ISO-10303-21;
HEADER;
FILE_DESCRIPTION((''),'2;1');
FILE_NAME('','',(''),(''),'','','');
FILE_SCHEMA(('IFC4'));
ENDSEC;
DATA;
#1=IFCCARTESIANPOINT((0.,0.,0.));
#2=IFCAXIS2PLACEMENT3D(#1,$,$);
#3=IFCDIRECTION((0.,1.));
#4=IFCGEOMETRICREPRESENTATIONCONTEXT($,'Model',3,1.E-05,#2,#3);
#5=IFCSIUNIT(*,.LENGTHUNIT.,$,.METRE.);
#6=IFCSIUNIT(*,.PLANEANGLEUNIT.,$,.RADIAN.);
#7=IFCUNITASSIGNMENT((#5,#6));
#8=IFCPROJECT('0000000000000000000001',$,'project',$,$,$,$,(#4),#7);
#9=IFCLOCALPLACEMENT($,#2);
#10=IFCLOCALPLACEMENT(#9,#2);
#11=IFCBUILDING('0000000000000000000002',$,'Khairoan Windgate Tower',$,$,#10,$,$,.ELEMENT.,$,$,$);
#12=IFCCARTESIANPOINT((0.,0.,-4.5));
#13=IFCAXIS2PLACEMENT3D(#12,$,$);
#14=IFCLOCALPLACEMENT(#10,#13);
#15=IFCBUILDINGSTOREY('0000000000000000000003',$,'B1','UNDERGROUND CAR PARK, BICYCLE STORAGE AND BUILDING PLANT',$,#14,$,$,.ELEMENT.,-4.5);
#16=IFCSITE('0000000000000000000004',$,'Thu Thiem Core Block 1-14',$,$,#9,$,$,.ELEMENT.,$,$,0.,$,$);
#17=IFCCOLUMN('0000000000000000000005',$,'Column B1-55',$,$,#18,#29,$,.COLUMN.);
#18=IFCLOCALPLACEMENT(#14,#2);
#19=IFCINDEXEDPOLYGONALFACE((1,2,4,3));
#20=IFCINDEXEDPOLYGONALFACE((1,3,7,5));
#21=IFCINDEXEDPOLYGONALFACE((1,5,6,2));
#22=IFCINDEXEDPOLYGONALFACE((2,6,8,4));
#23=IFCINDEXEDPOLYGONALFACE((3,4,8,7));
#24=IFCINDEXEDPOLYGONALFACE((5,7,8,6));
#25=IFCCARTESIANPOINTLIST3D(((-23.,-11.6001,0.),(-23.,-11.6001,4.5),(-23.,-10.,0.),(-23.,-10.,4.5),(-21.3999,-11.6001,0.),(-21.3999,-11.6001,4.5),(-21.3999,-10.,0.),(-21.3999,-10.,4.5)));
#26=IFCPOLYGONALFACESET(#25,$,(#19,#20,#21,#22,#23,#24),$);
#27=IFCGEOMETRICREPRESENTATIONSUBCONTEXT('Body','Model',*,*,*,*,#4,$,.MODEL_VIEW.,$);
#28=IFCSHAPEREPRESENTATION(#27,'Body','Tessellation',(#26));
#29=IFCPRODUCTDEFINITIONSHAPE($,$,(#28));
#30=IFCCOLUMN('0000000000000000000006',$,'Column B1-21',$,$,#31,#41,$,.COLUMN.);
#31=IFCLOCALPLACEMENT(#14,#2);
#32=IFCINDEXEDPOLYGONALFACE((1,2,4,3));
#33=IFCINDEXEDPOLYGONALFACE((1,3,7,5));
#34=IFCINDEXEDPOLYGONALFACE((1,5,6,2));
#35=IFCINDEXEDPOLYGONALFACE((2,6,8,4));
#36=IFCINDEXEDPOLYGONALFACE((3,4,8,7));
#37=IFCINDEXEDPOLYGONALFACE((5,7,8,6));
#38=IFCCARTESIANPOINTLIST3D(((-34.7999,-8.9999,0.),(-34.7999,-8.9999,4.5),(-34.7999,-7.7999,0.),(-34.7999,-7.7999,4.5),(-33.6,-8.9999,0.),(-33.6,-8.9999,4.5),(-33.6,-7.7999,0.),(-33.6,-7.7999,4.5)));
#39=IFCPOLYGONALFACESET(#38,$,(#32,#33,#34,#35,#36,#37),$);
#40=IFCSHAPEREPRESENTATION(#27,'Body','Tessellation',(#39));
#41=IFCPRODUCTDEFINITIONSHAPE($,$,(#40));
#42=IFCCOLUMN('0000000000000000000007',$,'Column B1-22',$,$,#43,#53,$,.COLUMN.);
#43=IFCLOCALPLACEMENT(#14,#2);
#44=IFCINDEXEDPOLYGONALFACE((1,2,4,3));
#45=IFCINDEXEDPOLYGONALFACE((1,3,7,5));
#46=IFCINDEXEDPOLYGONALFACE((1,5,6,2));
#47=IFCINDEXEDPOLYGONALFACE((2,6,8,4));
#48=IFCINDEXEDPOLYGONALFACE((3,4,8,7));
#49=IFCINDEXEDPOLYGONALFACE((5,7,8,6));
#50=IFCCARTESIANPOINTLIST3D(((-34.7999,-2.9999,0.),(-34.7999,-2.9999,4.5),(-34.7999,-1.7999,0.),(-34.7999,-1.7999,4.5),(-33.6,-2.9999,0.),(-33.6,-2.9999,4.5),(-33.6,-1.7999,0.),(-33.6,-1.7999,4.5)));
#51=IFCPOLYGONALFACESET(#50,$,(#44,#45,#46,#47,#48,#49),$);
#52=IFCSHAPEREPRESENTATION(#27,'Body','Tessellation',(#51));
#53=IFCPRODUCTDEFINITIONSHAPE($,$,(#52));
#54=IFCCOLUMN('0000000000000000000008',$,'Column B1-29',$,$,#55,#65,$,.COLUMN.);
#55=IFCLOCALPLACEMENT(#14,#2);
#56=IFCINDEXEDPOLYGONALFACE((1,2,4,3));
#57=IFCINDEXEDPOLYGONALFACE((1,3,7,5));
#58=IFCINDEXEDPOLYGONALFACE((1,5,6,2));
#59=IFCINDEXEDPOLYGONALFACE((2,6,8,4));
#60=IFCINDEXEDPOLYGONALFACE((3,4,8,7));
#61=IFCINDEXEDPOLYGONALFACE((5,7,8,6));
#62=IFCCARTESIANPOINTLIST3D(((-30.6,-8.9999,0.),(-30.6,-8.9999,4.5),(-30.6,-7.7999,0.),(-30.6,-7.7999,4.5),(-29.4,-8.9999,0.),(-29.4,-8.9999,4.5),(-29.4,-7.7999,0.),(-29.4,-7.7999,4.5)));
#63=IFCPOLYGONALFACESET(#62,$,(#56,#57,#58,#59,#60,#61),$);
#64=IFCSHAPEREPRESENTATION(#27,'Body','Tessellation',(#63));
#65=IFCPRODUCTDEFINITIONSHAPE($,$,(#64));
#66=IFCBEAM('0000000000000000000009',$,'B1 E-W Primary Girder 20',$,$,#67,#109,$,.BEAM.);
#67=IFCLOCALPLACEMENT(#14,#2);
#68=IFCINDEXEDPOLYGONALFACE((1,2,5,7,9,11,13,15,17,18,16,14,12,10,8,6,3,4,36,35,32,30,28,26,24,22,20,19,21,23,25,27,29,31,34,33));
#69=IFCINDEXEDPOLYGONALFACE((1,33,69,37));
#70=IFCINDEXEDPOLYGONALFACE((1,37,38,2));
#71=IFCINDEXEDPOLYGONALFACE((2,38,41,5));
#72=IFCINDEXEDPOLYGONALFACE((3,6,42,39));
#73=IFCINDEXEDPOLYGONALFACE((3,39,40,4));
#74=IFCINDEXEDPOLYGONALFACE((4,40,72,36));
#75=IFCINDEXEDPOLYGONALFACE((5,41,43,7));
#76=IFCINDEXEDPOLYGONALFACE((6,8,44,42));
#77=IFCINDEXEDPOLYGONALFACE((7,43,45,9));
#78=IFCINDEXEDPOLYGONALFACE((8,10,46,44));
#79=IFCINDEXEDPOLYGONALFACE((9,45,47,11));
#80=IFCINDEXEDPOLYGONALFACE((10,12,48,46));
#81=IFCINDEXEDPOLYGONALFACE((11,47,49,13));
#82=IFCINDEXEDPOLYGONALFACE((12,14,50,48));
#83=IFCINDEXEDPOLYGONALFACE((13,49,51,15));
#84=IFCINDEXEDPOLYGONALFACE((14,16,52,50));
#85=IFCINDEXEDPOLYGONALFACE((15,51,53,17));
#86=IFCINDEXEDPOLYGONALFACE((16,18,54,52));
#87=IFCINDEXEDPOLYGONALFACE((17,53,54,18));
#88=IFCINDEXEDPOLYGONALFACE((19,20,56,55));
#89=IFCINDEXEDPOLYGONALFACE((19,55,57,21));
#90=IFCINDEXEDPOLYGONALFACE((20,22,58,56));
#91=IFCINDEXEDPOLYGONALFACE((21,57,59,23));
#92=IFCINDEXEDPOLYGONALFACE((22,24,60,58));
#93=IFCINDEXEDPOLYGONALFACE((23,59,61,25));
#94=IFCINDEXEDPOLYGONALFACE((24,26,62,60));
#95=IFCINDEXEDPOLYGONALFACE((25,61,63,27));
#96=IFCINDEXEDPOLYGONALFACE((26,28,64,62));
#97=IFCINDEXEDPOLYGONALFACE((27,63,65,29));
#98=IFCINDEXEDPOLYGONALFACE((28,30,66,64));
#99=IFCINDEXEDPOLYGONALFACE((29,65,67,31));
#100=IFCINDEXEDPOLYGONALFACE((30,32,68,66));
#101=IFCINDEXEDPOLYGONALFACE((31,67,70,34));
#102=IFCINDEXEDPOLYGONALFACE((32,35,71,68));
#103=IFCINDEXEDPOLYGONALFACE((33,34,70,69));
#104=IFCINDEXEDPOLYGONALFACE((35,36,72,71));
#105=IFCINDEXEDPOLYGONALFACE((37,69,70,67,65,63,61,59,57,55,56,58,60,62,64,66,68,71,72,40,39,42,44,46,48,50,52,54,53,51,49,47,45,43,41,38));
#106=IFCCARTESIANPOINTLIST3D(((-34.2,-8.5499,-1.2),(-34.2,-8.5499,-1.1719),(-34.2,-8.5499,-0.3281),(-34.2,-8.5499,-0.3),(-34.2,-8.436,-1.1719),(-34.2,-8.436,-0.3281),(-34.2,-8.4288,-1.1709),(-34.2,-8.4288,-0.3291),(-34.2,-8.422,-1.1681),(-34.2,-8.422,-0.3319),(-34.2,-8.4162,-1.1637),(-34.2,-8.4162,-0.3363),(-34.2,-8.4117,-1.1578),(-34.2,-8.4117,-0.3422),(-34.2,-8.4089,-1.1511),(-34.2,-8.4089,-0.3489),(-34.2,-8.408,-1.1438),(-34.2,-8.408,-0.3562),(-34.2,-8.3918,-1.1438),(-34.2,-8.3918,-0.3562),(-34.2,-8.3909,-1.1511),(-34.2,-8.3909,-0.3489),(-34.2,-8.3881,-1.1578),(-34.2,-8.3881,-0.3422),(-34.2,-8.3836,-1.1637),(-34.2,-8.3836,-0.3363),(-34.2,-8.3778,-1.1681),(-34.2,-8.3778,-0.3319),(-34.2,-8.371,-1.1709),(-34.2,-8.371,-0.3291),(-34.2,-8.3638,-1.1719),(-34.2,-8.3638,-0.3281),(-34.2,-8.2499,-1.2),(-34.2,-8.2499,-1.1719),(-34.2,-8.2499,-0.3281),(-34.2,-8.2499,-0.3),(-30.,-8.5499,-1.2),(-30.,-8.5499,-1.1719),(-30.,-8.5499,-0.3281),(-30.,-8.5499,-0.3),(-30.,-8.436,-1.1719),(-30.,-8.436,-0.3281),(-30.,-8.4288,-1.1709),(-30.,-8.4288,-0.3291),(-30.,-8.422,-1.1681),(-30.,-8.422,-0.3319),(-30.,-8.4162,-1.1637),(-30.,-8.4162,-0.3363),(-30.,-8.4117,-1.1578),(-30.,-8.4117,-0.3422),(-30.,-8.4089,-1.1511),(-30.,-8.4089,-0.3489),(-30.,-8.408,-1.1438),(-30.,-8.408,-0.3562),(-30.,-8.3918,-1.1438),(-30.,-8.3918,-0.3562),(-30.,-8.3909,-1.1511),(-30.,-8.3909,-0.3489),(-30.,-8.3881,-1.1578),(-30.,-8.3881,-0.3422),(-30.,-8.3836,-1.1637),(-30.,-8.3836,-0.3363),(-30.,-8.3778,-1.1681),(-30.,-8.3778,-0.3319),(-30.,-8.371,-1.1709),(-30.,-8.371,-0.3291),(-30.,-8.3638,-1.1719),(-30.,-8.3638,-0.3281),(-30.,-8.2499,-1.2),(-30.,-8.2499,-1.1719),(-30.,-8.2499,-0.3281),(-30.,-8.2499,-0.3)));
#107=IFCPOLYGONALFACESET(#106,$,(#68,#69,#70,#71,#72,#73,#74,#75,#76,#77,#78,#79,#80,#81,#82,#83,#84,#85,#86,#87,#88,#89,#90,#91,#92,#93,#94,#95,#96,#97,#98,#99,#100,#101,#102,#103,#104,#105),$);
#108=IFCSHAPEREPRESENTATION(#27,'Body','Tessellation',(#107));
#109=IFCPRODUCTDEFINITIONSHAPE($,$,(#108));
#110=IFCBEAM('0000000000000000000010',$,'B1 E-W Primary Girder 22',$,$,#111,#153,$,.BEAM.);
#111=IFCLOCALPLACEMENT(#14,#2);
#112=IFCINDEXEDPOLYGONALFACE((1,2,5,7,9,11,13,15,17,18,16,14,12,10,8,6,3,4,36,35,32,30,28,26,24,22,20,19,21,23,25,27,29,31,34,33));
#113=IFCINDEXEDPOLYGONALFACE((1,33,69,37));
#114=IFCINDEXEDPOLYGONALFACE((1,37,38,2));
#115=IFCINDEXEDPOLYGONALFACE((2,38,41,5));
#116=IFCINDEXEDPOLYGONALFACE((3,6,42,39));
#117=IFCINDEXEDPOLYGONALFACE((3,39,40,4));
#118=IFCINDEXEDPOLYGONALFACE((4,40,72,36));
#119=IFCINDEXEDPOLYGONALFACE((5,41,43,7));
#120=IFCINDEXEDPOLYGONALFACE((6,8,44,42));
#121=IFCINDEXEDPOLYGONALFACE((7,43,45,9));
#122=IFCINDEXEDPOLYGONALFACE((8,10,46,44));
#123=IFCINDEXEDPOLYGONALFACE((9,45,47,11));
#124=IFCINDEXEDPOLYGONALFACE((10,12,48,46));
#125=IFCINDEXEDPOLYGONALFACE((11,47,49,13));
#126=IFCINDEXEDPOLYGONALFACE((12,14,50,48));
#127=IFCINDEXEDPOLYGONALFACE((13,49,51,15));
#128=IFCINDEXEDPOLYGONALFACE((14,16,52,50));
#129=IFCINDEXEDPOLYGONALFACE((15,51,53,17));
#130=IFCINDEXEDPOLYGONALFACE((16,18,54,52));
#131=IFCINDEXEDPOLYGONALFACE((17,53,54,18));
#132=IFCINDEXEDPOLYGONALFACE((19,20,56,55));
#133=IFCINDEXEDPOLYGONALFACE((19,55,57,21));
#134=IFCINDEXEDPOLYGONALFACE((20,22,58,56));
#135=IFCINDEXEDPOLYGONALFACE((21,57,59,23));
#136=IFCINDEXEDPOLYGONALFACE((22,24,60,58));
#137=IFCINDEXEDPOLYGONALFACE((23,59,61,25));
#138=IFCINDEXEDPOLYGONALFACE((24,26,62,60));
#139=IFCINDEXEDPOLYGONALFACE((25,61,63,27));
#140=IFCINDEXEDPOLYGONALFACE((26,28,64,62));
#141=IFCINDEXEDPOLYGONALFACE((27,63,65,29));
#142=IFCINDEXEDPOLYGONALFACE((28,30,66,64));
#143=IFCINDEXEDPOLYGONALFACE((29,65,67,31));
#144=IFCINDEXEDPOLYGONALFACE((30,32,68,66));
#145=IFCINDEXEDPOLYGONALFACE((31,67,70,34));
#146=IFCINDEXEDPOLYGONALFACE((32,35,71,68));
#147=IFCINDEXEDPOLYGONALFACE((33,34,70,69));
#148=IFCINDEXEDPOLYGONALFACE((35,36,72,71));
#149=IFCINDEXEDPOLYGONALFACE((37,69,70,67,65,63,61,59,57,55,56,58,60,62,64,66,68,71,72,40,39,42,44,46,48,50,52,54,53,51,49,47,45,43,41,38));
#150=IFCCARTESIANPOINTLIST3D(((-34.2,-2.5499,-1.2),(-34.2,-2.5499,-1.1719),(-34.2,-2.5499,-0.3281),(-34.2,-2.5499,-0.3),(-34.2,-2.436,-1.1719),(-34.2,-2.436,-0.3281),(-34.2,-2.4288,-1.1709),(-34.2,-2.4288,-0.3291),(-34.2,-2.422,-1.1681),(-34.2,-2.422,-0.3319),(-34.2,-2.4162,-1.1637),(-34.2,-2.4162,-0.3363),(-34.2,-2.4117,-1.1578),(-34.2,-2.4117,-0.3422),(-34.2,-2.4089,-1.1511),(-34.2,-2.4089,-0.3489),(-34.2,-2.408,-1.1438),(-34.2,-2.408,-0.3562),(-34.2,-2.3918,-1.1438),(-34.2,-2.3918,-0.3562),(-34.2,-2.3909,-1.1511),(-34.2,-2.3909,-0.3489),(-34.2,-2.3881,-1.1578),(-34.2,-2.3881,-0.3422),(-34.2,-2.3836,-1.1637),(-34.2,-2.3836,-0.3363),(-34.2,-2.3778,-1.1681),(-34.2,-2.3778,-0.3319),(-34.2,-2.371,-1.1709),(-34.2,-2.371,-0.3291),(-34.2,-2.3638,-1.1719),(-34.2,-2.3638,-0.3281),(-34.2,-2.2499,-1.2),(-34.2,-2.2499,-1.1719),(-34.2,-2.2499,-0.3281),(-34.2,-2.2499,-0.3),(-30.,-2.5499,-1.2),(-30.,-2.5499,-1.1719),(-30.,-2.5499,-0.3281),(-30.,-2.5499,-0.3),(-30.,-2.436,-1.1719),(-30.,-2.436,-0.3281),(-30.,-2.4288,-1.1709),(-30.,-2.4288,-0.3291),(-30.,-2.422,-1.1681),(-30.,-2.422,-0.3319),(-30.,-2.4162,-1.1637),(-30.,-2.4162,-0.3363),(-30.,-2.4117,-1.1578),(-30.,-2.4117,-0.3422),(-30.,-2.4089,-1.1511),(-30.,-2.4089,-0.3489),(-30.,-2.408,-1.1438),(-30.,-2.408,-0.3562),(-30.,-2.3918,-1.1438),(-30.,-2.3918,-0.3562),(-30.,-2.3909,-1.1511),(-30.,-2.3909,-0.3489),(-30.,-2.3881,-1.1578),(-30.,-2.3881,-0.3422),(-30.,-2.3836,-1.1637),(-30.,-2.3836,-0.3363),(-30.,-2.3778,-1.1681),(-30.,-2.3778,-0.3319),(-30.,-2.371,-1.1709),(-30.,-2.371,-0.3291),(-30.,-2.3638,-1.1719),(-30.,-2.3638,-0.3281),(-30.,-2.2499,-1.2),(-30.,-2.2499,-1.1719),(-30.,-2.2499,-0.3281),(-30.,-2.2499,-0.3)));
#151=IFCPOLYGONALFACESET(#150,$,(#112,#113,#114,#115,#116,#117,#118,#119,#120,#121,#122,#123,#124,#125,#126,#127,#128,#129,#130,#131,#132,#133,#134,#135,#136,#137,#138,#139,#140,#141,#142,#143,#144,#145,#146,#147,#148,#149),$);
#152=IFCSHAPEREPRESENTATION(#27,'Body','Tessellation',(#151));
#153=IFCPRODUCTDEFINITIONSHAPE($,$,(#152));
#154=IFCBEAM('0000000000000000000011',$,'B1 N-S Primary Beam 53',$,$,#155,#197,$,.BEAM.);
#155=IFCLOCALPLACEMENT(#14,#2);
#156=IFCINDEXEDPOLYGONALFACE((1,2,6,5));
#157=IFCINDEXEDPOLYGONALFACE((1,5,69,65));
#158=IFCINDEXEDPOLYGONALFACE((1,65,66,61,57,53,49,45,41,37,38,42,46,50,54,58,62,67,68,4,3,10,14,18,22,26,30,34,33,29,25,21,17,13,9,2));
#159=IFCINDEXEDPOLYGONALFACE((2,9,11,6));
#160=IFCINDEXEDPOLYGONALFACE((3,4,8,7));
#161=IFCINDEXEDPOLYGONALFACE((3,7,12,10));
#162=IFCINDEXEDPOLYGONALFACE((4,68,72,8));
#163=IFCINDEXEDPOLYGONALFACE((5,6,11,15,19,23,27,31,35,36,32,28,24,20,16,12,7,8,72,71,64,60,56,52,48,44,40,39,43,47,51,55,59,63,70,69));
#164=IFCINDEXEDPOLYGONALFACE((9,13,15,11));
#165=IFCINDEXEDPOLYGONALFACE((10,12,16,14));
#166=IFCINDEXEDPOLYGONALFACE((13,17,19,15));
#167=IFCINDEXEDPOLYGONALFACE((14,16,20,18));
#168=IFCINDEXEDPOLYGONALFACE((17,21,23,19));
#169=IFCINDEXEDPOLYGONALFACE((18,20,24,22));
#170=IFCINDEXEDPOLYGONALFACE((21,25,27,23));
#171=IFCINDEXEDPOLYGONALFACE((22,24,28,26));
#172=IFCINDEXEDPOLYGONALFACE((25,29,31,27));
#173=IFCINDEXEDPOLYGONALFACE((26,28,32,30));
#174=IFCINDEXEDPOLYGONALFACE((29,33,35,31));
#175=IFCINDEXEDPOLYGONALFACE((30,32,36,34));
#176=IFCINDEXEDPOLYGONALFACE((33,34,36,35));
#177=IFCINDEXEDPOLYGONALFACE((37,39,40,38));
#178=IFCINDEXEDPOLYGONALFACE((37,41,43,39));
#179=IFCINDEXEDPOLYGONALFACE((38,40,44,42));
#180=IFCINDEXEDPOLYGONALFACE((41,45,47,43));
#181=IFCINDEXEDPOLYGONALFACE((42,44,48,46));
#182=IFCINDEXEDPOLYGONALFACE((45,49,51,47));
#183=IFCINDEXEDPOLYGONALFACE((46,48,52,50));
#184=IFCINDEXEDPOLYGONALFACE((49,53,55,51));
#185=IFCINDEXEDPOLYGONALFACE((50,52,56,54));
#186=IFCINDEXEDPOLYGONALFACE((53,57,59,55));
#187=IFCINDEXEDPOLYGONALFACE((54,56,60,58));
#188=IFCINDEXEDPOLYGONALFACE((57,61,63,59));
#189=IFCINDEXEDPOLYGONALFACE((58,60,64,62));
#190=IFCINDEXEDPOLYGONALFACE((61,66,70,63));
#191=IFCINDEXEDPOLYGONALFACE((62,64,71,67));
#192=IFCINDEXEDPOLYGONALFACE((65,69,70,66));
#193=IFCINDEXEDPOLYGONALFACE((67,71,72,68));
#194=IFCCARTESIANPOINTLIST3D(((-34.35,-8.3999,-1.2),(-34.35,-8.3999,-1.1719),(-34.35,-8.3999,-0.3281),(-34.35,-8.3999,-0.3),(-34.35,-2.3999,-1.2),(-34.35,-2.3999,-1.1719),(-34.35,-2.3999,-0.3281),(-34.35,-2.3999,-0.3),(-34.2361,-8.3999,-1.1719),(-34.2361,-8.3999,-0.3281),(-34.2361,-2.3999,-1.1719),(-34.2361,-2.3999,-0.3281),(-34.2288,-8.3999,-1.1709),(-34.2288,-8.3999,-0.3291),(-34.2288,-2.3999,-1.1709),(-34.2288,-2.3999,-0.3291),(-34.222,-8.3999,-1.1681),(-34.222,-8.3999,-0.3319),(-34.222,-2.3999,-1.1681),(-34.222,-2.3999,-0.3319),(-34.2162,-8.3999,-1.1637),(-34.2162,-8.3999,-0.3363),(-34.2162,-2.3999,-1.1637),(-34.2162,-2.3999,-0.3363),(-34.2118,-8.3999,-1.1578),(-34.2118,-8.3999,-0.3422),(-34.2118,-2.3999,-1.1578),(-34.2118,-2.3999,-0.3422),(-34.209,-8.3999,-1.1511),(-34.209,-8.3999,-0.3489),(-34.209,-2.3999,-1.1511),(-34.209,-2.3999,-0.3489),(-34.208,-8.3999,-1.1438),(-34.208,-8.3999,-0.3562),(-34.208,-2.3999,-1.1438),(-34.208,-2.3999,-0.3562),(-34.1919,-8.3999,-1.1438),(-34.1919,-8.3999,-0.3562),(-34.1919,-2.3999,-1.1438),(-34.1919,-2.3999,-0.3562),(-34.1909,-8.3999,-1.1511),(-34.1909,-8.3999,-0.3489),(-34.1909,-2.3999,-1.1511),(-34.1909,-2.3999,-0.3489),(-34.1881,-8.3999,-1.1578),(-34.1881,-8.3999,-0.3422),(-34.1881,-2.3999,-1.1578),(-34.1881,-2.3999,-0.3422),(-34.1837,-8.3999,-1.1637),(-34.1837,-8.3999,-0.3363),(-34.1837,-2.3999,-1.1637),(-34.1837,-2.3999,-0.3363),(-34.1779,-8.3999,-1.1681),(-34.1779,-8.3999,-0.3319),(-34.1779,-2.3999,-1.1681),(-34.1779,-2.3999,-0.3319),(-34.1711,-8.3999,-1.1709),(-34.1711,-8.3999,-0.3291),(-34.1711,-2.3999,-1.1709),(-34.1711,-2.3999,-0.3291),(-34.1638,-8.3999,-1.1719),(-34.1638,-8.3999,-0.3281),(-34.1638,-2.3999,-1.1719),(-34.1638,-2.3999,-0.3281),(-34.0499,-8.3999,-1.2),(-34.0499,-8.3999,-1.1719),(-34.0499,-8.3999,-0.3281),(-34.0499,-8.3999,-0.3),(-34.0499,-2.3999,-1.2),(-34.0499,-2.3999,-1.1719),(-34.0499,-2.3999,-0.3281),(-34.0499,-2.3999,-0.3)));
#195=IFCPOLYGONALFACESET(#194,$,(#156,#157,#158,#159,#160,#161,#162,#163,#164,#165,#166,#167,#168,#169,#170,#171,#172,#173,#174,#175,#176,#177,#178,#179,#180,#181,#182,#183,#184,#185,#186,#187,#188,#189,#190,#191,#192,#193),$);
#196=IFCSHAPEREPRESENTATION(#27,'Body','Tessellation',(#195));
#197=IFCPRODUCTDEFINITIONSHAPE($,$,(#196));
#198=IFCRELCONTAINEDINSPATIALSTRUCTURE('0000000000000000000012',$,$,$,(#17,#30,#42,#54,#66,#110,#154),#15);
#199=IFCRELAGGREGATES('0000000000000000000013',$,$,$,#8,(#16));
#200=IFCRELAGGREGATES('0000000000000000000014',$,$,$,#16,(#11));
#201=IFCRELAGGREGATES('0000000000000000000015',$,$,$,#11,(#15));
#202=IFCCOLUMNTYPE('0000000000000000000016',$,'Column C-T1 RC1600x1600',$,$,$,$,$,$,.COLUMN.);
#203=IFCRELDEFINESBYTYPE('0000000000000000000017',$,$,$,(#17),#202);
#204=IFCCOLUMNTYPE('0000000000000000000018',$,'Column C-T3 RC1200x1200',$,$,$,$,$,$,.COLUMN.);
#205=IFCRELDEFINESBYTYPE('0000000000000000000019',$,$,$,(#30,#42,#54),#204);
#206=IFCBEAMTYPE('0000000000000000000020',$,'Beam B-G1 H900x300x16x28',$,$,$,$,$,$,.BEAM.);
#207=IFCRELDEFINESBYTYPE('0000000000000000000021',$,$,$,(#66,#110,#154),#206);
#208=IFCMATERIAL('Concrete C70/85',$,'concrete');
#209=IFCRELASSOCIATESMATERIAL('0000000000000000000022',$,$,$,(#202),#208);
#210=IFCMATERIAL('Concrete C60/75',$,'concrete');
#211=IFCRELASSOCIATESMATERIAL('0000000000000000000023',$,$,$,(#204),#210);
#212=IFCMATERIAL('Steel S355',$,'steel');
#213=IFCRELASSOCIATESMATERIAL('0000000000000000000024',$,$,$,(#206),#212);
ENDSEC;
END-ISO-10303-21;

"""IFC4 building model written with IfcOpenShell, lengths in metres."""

from ifc_helpers import new_model, si_unit, direction, frame, origin, origin_2d, place, context, subcontext, project, spatial, rectangle, i_section, extrude, material, material_profile, profile_set, type_object, element, save


model = new_model("IFC4")

# Units and contexts
model_context = context("Model", 3, precision=1e-05, world=origin(), true_north=direction((0.0, 1.0)))
body_context = subcontext(model_context, "Body", "Model", "MODEL_VIEW")
ifc_project = project(units=[si_unit("LENGTHUNIT", "METRE"), si_unit("PLANEANGLEUNIT", "RADIAN")], contexts=[model_context])

# Site, building, storey
site_placement = place(None, origin())
site = spatial("IfcSite", under=ifc_project, at=site_placement, Name="Thu Thiem Core Block 1-14", CompositionType="ELEMENT", RefElevation=0.0)
building_placement = place(site_placement, origin())
building = spatial("IfcBuilding", under=site, at=building_placement, Name="Khairoan Windgate Tower", CompositionType="ELEMENT")
storey_placement = place(building_placement, frame((0.0, 0.0, -4.5)))
storey = spatial("IfcBuildingStorey", under=building, at=storey_placement, Name="B1", Description="UNDERGROUND CAR PARK, BICYCLE STORAGE AND BUILDING PLANT", CompositionType="ELEMENT", Elevation=-4.5)

# Columns
ifc_material_1 = material(Name="Concrete C70/85", Category="concrete")
ifc_material_profile_1 = material_profile(ifc_material_1, rectangle(XDim=1.6001, YDim=1.6001, at=origin_2d()))
ifc_profile_set_1 = profile_set([ifc_material_profile_1], Name="Concrete C70/85")
column_type_1 = type_object("IfcColumnType", Name="Column C-T1 RC1600x1600", PredefinedType="COLUMN", material=ifc_profile_set_1)
column_placement = place(storey_placement, frame((-22.2, -10.8, 0.0), z_axis=(0.0, 0.0, 1.0), x_axis=(1.0, 0.0, 0.0)))
element("IfcColumn", 1, at=column_placement, inside=storey, type_object=column_type_1, Name="Column B1-55", PredefinedType="COLUMN", context=body_context, shape_type="SweptSolid", body=[
    extrude(rectangle(XDim=1.6001, YDim=1.6001, at=origin_2d()), origin(), (0.0, 0.0, 1.0), 4.5),
])
ifc_material_2 = material(Name="Concrete C60/75", Category="concrete")
ifc_material_profile_2 = material_profile(ifc_material_2, rectangle(XDim=1.2, YDim=1.2, at=origin_2d()))
ifc_profile_set_2 = profile_set([ifc_material_profile_2], Name="Concrete C60/75")
column_type_2 = type_object("IfcColumnType", Name="Column C-T3 RC1200x1200", PredefinedType="COLUMN", material=ifc_profile_set_2)
for number, where, z_axis, x_axis, name in (
    (2, (-34.2, -8.3999, 0.0), (0.0, 0.0, 1.0), (1.0, 0.0, 0.0), "Column B1-21"),
    (3, (-34.2, -2.3999, 0.0), (0.0, 0.0, 1.0), (1.0, 0.0, 0.0), "Column B1-22"),
    (4, (-30.0, -8.3999, 0.0), (0.0, 0.0, 1.0), (1.0, 0.0, 0.0), "Column B1-29"),
):
    element("IfcColumn", number, at=place(storey_placement, frame(where, z_axis=z_axis, x_axis=x_axis)), inside=storey, type_object=column_type_2, Name=name, PredefinedType="COLUMN", context=body_context, shape_type="SweptSolid", body=[
        extrude(rectangle(XDim=1.2, YDim=1.2, at=origin_2d()), origin(), (0.0, 0.0, 1.0), 4.5),
    ])

# Beams
ifc_material_3 = material(Name="Steel S355", Category="steel")
ifc_material_profile_3 = material_profile(ifc_material_3, i_section(OverallWidth=0.3, OverallDepth=0.8999, WebThickness=0.0161, FlangeThickness=0.0281, FilletRadius=0.0281, at=origin_2d()))
ifc_profile_set_3 = profile_set([ifc_material_profile_3], Name="Steel S355")
beam_type_1 = type_object("IfcBeamType", Name="Beam B-G1 H900x300x16x28", PredefinedType="BEAM", material=ifc_profile_set_3)
for number, where, z_axis, x_axis, name in (
    (5, (-34.2, -8.3999, -0.75), (1.0, 0.0, 0.0), (0.0, 1.0, 0.0), "B1 E-W Primary Girder 20"),
    (6, (-34.2, -2.3999, -0.75), (1.0, 0.0, 0.0), (0.0, 1.0, 0.0), "B1 E-W Primary Girder 22"),
):
    element("IfcBeam", number, at=place(storey_placement, frame(where, z_axis=z_axis, x_axis=x_axis)), inside=storey, type_object=beam_type_1, Name=name, PredefinedType="BEAM", context=body_context, shape_type="SweptSolid", body=[
        extrude(i_section(OverallWidth=0.3, OverallDepth=0.8999, WebThickness=0.0161, FlangeThickness=0.0281, FilletRadius=0.0281, at=origin_2d()), origin(), (0.0, 0.0, 1.0), 4.2),
    ])
for number, where, z_axis, x_axis, name in (
    (7, (-34.2, -8.3999, -0.75), (0.0, 1.0, 0.0), (-1.0, 0.0, 0.0), "B1 N-S Primary Beam 53"),
):
    element("IfcBeam", number, at=place(storey_placement, frame(where, z_axis=z_axis, x_axis=x_axis)), inside=storey, type_object=beam_type_1, Name=name, PredefinedType="BEAM", context=body_context, shape_type="SweptSolid", body=[
        extrude(i_section(OverallWidth=0.3, OverallDepth=0.8999, WebThickness=0.0161, FlangeThickness=0.0281, FilletRadius=0.0281, at=origin_2d()), origin(), (0.0, 0.0, 1.0), 6.0),
    ])

save(model, "model.ifc")
